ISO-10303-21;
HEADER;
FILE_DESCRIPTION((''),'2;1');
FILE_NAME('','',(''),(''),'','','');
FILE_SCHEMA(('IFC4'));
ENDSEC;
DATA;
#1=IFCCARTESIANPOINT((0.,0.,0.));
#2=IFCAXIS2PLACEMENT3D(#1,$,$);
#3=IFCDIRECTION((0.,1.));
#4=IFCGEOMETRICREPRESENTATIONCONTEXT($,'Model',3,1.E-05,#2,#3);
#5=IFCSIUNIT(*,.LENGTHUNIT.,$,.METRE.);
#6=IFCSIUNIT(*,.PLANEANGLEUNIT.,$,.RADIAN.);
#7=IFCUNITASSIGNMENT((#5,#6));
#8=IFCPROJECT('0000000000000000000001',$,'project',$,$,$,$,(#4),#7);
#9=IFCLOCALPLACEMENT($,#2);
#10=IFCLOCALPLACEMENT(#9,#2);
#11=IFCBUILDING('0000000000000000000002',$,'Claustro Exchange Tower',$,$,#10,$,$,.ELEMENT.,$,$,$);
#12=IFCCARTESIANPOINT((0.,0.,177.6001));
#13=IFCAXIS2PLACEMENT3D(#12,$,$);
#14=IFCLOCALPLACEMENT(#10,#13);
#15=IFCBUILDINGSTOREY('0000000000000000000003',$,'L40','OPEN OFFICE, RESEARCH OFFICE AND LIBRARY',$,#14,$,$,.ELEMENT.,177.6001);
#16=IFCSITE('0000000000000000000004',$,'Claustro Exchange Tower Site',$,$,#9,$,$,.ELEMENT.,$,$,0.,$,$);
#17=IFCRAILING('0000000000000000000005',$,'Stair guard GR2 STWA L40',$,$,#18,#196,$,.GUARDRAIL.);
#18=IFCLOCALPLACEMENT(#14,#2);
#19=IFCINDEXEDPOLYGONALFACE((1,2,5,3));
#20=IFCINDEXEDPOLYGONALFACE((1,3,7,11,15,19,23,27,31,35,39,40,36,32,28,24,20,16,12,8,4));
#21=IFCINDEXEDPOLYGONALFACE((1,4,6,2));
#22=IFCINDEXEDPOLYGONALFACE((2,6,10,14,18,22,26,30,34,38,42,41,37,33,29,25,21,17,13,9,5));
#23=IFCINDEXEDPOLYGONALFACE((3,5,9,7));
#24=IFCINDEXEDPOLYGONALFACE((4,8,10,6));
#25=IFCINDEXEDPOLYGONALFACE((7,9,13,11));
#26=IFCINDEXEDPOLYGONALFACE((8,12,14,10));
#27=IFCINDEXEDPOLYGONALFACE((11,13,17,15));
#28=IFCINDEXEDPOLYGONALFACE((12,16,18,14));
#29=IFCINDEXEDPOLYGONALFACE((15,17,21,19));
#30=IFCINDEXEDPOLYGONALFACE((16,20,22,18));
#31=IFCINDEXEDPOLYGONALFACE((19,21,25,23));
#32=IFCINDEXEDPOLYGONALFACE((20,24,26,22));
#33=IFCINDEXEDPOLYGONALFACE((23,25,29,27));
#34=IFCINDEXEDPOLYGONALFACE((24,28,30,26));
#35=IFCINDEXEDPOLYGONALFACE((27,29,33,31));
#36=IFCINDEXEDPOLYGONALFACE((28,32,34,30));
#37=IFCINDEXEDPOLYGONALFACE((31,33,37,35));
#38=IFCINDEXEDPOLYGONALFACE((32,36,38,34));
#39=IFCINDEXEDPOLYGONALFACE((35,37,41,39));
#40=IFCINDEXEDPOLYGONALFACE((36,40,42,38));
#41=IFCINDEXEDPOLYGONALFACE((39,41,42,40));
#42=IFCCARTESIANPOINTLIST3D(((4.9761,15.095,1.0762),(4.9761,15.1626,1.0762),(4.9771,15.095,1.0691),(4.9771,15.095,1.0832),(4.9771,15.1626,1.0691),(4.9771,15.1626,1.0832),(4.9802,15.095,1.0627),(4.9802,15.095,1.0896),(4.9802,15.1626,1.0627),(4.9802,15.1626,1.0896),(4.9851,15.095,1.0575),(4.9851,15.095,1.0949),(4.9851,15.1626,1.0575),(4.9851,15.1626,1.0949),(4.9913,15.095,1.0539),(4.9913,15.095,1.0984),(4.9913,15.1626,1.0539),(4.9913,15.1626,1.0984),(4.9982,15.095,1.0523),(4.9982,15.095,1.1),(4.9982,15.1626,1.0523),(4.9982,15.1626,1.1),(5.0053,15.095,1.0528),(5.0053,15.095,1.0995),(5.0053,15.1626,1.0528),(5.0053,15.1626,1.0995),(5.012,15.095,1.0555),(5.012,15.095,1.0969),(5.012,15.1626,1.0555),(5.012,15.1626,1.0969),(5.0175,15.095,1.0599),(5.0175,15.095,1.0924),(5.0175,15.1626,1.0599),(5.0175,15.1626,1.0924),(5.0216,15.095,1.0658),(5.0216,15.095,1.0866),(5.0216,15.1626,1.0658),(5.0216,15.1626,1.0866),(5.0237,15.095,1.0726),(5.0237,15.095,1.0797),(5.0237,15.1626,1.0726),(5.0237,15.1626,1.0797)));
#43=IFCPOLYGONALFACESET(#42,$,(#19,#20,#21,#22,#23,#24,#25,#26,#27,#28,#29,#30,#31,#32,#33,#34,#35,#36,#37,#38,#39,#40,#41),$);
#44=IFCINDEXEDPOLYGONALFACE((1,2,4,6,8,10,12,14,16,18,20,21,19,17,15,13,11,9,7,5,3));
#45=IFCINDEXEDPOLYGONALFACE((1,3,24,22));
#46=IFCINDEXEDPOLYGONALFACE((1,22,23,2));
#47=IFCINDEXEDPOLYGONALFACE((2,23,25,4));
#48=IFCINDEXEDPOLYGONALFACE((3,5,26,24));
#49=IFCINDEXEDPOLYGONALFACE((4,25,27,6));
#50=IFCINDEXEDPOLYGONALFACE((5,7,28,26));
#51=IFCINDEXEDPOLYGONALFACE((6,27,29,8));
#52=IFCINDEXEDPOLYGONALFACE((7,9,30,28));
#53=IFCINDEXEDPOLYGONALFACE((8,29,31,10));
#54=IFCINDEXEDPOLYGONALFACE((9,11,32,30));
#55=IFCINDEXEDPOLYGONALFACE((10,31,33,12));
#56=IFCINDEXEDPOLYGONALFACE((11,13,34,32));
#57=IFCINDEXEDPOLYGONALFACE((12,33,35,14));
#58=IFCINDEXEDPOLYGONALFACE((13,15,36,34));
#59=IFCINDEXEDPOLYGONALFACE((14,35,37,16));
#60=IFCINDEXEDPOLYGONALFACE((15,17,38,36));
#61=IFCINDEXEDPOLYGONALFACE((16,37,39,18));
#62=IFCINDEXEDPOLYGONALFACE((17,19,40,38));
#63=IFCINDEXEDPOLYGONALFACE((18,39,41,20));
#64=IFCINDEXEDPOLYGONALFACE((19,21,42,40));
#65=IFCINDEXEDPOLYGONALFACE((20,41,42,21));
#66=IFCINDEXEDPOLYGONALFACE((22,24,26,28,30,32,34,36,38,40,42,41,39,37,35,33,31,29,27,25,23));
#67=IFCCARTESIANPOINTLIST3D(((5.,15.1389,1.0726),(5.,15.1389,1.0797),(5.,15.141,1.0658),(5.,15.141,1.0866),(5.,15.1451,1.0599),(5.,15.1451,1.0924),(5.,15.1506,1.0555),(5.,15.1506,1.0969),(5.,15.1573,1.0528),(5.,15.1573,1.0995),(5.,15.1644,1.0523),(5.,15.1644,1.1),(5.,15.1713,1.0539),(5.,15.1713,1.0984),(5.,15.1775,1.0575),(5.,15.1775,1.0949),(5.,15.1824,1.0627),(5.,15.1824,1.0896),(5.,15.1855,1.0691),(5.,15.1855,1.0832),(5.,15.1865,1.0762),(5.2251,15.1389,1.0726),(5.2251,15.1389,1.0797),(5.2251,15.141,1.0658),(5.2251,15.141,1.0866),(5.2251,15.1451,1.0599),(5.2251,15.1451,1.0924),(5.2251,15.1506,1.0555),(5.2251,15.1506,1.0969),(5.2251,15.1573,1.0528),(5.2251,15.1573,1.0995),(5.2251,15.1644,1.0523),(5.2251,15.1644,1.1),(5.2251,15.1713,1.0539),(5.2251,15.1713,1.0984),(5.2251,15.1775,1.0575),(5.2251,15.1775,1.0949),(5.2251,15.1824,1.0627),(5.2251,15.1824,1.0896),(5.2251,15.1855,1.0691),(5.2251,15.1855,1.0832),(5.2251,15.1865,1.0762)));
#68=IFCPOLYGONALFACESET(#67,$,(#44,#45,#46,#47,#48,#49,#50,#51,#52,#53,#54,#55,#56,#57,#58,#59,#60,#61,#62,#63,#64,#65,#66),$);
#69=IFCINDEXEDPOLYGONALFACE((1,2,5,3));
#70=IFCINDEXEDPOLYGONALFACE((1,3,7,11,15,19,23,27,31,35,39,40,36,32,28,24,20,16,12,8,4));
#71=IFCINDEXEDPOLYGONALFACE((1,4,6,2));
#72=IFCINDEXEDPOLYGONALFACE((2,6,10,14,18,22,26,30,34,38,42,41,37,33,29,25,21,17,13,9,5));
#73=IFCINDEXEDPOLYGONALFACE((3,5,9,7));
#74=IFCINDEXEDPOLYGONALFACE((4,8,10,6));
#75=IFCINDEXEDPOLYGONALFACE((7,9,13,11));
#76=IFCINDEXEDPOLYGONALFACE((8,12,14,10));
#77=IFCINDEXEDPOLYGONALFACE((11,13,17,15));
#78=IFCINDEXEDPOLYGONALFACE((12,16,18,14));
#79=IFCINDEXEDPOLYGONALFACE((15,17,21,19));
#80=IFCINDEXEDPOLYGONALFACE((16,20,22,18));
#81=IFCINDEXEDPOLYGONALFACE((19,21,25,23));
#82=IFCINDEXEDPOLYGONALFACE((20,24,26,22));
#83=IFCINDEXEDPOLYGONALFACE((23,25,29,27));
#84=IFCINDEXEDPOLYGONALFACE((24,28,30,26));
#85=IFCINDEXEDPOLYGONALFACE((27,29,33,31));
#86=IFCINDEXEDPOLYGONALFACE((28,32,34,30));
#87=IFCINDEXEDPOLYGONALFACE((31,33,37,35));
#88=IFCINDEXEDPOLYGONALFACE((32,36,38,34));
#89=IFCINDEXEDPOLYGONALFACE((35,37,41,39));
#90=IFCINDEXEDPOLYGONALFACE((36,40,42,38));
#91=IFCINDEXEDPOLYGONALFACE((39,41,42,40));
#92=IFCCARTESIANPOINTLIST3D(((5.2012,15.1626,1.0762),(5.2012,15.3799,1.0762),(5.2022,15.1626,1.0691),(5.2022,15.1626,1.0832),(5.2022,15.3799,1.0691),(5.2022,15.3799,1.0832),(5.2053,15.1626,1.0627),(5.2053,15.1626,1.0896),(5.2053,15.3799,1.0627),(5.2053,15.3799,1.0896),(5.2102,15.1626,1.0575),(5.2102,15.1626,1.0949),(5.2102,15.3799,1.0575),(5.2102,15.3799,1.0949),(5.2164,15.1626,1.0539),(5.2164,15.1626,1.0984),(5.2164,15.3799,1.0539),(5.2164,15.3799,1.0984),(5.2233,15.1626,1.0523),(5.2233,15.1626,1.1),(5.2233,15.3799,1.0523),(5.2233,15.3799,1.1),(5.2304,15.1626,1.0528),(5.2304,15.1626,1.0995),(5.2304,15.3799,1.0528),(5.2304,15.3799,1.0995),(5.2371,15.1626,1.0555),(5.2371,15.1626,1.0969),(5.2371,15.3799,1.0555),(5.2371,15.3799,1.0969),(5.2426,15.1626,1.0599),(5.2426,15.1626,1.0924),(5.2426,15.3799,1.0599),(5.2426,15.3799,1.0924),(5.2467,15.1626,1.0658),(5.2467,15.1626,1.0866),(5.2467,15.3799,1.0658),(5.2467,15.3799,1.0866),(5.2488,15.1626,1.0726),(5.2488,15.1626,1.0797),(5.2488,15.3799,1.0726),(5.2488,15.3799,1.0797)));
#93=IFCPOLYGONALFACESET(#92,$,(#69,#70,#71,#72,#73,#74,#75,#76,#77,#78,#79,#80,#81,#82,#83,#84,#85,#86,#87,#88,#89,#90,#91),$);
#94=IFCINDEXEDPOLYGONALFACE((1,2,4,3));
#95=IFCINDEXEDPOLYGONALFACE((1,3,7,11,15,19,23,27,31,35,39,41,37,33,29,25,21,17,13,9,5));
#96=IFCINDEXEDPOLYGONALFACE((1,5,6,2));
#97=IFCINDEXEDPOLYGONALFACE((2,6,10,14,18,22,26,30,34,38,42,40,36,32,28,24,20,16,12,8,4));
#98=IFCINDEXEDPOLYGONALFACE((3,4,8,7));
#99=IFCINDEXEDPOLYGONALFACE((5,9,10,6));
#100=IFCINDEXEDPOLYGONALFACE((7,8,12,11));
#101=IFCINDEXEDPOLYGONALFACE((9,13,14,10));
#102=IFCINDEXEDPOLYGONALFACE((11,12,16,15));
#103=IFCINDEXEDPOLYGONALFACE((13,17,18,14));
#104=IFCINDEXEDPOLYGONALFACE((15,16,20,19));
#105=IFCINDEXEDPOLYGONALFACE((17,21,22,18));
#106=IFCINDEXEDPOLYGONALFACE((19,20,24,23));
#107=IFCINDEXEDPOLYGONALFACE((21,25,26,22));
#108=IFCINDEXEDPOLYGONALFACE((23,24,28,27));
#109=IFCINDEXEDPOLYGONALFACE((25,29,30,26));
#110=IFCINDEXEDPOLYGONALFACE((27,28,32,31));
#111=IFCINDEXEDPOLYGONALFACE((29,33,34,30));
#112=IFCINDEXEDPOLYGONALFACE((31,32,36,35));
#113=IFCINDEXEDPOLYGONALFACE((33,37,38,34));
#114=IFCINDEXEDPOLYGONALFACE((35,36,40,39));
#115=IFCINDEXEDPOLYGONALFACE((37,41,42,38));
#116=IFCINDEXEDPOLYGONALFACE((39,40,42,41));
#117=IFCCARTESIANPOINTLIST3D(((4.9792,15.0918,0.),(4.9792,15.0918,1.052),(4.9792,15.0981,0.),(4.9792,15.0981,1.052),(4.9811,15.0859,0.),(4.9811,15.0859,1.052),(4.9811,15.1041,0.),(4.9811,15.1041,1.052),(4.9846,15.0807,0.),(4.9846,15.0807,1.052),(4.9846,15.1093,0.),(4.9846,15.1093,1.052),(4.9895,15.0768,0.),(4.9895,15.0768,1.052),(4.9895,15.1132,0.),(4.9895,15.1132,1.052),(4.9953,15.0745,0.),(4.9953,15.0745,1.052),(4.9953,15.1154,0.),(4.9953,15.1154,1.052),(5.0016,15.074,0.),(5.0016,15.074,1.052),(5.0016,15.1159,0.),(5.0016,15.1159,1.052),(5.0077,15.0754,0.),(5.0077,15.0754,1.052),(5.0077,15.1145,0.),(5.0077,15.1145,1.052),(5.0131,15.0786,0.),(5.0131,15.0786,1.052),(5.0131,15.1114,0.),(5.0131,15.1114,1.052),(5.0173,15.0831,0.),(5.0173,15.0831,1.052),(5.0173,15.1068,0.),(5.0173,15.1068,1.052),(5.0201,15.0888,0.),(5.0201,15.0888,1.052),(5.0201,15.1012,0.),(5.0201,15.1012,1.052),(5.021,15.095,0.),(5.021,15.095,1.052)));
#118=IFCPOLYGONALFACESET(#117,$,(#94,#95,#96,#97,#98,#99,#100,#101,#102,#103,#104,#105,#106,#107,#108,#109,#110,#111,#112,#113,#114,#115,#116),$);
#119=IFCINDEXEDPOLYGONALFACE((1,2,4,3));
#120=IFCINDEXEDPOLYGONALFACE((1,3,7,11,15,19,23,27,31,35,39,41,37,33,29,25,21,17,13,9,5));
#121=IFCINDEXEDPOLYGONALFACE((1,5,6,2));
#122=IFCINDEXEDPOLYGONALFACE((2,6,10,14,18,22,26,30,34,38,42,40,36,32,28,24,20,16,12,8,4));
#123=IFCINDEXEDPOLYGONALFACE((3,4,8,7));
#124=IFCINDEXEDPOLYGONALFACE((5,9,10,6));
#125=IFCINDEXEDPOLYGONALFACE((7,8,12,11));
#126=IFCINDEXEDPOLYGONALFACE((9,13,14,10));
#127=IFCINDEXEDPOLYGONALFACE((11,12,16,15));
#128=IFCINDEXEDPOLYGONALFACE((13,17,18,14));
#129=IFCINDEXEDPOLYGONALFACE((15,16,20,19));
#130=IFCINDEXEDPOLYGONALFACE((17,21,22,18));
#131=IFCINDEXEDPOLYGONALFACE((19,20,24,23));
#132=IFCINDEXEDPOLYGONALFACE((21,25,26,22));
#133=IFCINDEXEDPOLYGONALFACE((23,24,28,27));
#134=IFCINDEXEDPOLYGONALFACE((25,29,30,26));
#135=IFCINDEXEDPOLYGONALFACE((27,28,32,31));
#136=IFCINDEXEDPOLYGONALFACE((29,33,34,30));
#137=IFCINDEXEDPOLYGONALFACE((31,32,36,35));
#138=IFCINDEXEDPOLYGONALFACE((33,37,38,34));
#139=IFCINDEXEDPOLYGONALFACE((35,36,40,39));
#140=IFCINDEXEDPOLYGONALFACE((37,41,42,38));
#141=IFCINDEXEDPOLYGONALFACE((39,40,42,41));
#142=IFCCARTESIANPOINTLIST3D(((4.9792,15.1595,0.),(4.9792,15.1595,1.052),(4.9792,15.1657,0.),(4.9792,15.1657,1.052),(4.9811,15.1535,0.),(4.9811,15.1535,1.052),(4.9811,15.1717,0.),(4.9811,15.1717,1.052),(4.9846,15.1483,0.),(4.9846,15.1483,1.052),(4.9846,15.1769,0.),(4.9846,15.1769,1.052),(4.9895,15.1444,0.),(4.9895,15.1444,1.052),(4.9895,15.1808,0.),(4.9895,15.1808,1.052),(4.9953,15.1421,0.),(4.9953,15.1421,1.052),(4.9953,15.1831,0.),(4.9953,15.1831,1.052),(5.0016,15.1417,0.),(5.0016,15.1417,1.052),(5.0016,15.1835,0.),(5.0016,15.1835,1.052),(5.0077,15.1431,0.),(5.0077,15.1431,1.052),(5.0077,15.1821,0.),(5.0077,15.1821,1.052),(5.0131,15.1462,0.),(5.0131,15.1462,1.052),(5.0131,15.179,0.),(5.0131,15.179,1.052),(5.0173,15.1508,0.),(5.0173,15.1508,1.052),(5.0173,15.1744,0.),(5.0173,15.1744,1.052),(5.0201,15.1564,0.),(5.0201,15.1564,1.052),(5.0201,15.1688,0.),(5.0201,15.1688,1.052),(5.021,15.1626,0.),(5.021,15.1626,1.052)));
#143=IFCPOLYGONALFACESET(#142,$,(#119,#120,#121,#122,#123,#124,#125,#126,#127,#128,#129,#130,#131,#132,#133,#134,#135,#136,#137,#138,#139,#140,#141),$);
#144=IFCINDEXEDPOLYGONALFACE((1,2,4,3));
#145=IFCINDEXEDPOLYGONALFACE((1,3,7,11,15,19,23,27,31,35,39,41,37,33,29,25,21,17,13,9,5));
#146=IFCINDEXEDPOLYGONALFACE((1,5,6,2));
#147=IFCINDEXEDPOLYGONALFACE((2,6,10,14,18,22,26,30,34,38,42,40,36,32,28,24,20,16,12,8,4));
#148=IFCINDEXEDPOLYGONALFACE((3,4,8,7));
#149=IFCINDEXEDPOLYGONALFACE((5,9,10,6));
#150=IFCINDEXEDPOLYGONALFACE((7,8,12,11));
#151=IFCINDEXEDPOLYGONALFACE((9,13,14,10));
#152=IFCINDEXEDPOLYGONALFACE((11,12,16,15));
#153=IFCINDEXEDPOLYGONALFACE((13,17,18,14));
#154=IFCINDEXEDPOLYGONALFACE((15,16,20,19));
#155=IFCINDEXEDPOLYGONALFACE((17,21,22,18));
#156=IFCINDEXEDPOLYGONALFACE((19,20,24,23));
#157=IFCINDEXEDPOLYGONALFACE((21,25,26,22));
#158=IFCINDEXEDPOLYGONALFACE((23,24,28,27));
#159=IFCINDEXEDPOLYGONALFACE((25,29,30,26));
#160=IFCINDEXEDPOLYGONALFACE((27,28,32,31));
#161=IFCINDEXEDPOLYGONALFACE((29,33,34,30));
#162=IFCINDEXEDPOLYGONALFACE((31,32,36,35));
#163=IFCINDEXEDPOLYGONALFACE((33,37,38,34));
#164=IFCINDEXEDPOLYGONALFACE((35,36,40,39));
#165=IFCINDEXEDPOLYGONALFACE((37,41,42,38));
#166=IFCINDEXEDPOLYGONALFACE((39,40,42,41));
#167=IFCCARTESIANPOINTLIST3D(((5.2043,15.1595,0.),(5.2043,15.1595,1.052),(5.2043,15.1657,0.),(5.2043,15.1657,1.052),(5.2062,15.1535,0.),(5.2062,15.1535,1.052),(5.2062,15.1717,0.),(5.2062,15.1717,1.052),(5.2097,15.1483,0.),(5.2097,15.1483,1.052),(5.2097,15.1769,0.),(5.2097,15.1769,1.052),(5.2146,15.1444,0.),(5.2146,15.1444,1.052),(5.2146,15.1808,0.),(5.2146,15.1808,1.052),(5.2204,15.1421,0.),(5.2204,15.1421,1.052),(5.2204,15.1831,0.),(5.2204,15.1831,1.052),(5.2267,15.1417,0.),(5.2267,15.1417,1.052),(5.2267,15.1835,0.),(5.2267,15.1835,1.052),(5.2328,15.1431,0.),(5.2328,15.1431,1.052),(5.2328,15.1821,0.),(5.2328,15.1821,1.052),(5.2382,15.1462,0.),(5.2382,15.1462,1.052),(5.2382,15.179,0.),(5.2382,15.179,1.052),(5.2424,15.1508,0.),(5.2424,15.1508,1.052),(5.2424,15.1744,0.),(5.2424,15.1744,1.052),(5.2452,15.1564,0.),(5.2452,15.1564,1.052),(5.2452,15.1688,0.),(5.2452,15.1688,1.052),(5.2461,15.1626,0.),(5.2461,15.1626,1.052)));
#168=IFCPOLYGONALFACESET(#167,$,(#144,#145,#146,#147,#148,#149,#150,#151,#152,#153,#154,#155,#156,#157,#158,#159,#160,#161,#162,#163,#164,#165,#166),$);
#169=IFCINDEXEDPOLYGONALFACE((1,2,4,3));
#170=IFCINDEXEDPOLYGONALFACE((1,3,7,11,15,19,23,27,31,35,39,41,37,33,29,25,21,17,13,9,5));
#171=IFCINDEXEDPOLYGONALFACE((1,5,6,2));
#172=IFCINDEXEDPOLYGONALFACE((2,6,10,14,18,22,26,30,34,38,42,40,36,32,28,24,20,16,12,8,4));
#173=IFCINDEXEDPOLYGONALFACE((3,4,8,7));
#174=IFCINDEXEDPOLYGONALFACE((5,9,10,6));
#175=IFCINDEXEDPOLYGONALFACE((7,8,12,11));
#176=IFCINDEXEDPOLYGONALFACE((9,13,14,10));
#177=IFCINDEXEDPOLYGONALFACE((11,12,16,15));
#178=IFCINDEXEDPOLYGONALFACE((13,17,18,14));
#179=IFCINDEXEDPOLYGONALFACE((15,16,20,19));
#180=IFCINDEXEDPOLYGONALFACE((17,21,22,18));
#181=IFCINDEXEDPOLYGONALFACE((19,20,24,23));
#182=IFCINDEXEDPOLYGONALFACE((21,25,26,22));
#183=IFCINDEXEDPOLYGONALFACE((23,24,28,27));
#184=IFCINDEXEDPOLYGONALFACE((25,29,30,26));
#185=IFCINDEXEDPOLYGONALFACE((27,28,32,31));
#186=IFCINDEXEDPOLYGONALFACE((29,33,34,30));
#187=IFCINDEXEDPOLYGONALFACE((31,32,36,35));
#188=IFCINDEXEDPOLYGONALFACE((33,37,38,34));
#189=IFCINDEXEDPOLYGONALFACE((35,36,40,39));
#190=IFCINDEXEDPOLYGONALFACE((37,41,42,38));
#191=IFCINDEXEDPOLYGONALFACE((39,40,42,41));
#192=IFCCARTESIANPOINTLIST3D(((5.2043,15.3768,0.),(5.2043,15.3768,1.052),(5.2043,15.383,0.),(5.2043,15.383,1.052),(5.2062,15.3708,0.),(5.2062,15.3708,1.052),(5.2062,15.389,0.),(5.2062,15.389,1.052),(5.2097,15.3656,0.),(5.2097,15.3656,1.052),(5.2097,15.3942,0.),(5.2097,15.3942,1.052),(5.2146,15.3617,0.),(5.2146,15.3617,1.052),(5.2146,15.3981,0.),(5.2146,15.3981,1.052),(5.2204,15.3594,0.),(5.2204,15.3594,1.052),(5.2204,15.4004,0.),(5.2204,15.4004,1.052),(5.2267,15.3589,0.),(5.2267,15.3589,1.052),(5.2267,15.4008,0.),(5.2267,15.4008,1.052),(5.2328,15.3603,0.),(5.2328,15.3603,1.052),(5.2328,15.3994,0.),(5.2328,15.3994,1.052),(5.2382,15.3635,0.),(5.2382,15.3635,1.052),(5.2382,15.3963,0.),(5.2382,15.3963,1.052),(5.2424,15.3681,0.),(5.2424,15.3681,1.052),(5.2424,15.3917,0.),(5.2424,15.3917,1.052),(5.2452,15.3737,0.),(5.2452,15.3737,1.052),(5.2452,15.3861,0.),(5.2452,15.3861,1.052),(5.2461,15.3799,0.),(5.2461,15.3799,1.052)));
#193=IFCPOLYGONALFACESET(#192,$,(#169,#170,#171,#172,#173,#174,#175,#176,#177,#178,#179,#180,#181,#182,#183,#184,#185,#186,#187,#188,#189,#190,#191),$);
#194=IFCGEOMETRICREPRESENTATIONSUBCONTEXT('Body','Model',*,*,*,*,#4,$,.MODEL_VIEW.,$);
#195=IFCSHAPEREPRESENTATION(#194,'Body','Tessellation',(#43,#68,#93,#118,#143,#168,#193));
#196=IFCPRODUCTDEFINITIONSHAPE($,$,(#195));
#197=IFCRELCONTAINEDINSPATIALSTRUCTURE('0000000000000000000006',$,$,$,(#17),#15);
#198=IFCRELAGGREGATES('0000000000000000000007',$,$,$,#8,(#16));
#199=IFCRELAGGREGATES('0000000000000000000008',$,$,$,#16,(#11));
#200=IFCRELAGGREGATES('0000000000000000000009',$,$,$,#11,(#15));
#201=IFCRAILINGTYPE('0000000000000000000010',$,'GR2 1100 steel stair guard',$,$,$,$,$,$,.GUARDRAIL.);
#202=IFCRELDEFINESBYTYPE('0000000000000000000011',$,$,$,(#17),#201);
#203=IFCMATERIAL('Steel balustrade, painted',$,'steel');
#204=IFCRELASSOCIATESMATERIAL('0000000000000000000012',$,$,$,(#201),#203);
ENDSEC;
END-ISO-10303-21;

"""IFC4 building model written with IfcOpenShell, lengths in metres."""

from ifc_helpers import new_model, si_unit, direction, frame, origin, origin_2d, place, context, subcontext, project, spatial, circle, extrude, material, type_object, element, save


model = new_model("IFC4")

# Units and contexts
model_context = context("Model", 3, precision=1e-05, world=origin(), true_north=direction((0.0, 1.0)))
body_context = subcontext(model_context, "Body", "Model", "MODEL_VIEW")
ifc_project = project(units=[si_unit("LENGTHUNIT", "METRE"), si_unit("PLANEANGLEUNIT", "RADIAN")], contexts=[model_context])

# Site, building, storey
site_placement = place(None, origin())
site = spatial("IfcSite", under=ifc_project, at=site_placement, Name="Claustro Exchange Tower Site", CompositionType="ELEMENT", RefElevation=0.0)
building_placement = place(site_placement, origin())
building = spatial("IfcBuilding", under=site, at=building_placement, Name="Claustro Exchange Tower", CompositionType="ELEMENT")
storey_placement = place(building_placement, frame((0.0, 0.0, 177.6001)))
storey = spatial("IfcBuildingStorey", under=building, at=storey_placement, Name="L40", Description="OPEN OFFICE, RESEARCH OFFICE AND LIBRARY", CompositionType="ELEMENT", Elevation=177.6001)

# Railing
ifc_material_1 = material(Name="Steel balustrade, painted", Category="steel")
railing_type_1 = type_object("IfcRailingType", Name="GR2 1100 steel stair guard", PredefinedType="GUARDRAIL", material=ifc_material_1)
railing_1_placement = place(storey_placement, frame((5.0, 15.095, 0.0)))
element("IfcRailing", 1, at=railing_1_placement, inside=storey, type_object=railing_type_1, Name="Stair guard GR2 STWA L40", PredefinedType="GUARDRAIL", context=body_context, shape_type="SweptSolid", body=[
    extrude(circle(Radius=0.0239, at=origin_2d()), frame((0.0, 0.0, 1.0762), z_axis=(0.0, 1.0, 0.0), x_axis=(-1.0, 0.0, 0.0)), (0.0, 0.0, 1.0), 0.0676),
    extrude(circle(Radius=0.0239, at=origin_2d()), frame((0.0, 0.0676, 1.0762), z_axis=(1.0, 0.0, 0.0), x_axis=(0.0, 1.0, 0.0)), (0.0, 0.0, 1.0), 0.2251),
    extrude(circle(Radius=0.0239, at=origin_2d()), frame((0.2251, 0.0676, 1.0762), z_axis=(0.0, 1.0, 0.0), x_axis=(-1.0, 0.0, 0.0)), (0.0, 0.0, 1.0), 0.2173),
    extrude(circle(Radius=0.021, at=origin_2d()), origin(), (0.0, 0.0, 1.0), 1.052),
    extrude(circle(Radius=0.021, at=origin_2d()), frame((0.0, 0.0676, 0.0)), (0.0, 0.0, 1.0), 1.052),
    extrude(circle(Radius=0.021, at=origin_2d()), frame((0.2251, 0.0676, 0.0)), (0.0, 0.0, 1.0), 1.052),
    extrude(circle(Radius=0.021, at=origin_2d()), frame((0.2251, 0.2849, 0.0)), (0.0, 0.0, 1.0), 1.052),
])

save(model, "model.ifc")
